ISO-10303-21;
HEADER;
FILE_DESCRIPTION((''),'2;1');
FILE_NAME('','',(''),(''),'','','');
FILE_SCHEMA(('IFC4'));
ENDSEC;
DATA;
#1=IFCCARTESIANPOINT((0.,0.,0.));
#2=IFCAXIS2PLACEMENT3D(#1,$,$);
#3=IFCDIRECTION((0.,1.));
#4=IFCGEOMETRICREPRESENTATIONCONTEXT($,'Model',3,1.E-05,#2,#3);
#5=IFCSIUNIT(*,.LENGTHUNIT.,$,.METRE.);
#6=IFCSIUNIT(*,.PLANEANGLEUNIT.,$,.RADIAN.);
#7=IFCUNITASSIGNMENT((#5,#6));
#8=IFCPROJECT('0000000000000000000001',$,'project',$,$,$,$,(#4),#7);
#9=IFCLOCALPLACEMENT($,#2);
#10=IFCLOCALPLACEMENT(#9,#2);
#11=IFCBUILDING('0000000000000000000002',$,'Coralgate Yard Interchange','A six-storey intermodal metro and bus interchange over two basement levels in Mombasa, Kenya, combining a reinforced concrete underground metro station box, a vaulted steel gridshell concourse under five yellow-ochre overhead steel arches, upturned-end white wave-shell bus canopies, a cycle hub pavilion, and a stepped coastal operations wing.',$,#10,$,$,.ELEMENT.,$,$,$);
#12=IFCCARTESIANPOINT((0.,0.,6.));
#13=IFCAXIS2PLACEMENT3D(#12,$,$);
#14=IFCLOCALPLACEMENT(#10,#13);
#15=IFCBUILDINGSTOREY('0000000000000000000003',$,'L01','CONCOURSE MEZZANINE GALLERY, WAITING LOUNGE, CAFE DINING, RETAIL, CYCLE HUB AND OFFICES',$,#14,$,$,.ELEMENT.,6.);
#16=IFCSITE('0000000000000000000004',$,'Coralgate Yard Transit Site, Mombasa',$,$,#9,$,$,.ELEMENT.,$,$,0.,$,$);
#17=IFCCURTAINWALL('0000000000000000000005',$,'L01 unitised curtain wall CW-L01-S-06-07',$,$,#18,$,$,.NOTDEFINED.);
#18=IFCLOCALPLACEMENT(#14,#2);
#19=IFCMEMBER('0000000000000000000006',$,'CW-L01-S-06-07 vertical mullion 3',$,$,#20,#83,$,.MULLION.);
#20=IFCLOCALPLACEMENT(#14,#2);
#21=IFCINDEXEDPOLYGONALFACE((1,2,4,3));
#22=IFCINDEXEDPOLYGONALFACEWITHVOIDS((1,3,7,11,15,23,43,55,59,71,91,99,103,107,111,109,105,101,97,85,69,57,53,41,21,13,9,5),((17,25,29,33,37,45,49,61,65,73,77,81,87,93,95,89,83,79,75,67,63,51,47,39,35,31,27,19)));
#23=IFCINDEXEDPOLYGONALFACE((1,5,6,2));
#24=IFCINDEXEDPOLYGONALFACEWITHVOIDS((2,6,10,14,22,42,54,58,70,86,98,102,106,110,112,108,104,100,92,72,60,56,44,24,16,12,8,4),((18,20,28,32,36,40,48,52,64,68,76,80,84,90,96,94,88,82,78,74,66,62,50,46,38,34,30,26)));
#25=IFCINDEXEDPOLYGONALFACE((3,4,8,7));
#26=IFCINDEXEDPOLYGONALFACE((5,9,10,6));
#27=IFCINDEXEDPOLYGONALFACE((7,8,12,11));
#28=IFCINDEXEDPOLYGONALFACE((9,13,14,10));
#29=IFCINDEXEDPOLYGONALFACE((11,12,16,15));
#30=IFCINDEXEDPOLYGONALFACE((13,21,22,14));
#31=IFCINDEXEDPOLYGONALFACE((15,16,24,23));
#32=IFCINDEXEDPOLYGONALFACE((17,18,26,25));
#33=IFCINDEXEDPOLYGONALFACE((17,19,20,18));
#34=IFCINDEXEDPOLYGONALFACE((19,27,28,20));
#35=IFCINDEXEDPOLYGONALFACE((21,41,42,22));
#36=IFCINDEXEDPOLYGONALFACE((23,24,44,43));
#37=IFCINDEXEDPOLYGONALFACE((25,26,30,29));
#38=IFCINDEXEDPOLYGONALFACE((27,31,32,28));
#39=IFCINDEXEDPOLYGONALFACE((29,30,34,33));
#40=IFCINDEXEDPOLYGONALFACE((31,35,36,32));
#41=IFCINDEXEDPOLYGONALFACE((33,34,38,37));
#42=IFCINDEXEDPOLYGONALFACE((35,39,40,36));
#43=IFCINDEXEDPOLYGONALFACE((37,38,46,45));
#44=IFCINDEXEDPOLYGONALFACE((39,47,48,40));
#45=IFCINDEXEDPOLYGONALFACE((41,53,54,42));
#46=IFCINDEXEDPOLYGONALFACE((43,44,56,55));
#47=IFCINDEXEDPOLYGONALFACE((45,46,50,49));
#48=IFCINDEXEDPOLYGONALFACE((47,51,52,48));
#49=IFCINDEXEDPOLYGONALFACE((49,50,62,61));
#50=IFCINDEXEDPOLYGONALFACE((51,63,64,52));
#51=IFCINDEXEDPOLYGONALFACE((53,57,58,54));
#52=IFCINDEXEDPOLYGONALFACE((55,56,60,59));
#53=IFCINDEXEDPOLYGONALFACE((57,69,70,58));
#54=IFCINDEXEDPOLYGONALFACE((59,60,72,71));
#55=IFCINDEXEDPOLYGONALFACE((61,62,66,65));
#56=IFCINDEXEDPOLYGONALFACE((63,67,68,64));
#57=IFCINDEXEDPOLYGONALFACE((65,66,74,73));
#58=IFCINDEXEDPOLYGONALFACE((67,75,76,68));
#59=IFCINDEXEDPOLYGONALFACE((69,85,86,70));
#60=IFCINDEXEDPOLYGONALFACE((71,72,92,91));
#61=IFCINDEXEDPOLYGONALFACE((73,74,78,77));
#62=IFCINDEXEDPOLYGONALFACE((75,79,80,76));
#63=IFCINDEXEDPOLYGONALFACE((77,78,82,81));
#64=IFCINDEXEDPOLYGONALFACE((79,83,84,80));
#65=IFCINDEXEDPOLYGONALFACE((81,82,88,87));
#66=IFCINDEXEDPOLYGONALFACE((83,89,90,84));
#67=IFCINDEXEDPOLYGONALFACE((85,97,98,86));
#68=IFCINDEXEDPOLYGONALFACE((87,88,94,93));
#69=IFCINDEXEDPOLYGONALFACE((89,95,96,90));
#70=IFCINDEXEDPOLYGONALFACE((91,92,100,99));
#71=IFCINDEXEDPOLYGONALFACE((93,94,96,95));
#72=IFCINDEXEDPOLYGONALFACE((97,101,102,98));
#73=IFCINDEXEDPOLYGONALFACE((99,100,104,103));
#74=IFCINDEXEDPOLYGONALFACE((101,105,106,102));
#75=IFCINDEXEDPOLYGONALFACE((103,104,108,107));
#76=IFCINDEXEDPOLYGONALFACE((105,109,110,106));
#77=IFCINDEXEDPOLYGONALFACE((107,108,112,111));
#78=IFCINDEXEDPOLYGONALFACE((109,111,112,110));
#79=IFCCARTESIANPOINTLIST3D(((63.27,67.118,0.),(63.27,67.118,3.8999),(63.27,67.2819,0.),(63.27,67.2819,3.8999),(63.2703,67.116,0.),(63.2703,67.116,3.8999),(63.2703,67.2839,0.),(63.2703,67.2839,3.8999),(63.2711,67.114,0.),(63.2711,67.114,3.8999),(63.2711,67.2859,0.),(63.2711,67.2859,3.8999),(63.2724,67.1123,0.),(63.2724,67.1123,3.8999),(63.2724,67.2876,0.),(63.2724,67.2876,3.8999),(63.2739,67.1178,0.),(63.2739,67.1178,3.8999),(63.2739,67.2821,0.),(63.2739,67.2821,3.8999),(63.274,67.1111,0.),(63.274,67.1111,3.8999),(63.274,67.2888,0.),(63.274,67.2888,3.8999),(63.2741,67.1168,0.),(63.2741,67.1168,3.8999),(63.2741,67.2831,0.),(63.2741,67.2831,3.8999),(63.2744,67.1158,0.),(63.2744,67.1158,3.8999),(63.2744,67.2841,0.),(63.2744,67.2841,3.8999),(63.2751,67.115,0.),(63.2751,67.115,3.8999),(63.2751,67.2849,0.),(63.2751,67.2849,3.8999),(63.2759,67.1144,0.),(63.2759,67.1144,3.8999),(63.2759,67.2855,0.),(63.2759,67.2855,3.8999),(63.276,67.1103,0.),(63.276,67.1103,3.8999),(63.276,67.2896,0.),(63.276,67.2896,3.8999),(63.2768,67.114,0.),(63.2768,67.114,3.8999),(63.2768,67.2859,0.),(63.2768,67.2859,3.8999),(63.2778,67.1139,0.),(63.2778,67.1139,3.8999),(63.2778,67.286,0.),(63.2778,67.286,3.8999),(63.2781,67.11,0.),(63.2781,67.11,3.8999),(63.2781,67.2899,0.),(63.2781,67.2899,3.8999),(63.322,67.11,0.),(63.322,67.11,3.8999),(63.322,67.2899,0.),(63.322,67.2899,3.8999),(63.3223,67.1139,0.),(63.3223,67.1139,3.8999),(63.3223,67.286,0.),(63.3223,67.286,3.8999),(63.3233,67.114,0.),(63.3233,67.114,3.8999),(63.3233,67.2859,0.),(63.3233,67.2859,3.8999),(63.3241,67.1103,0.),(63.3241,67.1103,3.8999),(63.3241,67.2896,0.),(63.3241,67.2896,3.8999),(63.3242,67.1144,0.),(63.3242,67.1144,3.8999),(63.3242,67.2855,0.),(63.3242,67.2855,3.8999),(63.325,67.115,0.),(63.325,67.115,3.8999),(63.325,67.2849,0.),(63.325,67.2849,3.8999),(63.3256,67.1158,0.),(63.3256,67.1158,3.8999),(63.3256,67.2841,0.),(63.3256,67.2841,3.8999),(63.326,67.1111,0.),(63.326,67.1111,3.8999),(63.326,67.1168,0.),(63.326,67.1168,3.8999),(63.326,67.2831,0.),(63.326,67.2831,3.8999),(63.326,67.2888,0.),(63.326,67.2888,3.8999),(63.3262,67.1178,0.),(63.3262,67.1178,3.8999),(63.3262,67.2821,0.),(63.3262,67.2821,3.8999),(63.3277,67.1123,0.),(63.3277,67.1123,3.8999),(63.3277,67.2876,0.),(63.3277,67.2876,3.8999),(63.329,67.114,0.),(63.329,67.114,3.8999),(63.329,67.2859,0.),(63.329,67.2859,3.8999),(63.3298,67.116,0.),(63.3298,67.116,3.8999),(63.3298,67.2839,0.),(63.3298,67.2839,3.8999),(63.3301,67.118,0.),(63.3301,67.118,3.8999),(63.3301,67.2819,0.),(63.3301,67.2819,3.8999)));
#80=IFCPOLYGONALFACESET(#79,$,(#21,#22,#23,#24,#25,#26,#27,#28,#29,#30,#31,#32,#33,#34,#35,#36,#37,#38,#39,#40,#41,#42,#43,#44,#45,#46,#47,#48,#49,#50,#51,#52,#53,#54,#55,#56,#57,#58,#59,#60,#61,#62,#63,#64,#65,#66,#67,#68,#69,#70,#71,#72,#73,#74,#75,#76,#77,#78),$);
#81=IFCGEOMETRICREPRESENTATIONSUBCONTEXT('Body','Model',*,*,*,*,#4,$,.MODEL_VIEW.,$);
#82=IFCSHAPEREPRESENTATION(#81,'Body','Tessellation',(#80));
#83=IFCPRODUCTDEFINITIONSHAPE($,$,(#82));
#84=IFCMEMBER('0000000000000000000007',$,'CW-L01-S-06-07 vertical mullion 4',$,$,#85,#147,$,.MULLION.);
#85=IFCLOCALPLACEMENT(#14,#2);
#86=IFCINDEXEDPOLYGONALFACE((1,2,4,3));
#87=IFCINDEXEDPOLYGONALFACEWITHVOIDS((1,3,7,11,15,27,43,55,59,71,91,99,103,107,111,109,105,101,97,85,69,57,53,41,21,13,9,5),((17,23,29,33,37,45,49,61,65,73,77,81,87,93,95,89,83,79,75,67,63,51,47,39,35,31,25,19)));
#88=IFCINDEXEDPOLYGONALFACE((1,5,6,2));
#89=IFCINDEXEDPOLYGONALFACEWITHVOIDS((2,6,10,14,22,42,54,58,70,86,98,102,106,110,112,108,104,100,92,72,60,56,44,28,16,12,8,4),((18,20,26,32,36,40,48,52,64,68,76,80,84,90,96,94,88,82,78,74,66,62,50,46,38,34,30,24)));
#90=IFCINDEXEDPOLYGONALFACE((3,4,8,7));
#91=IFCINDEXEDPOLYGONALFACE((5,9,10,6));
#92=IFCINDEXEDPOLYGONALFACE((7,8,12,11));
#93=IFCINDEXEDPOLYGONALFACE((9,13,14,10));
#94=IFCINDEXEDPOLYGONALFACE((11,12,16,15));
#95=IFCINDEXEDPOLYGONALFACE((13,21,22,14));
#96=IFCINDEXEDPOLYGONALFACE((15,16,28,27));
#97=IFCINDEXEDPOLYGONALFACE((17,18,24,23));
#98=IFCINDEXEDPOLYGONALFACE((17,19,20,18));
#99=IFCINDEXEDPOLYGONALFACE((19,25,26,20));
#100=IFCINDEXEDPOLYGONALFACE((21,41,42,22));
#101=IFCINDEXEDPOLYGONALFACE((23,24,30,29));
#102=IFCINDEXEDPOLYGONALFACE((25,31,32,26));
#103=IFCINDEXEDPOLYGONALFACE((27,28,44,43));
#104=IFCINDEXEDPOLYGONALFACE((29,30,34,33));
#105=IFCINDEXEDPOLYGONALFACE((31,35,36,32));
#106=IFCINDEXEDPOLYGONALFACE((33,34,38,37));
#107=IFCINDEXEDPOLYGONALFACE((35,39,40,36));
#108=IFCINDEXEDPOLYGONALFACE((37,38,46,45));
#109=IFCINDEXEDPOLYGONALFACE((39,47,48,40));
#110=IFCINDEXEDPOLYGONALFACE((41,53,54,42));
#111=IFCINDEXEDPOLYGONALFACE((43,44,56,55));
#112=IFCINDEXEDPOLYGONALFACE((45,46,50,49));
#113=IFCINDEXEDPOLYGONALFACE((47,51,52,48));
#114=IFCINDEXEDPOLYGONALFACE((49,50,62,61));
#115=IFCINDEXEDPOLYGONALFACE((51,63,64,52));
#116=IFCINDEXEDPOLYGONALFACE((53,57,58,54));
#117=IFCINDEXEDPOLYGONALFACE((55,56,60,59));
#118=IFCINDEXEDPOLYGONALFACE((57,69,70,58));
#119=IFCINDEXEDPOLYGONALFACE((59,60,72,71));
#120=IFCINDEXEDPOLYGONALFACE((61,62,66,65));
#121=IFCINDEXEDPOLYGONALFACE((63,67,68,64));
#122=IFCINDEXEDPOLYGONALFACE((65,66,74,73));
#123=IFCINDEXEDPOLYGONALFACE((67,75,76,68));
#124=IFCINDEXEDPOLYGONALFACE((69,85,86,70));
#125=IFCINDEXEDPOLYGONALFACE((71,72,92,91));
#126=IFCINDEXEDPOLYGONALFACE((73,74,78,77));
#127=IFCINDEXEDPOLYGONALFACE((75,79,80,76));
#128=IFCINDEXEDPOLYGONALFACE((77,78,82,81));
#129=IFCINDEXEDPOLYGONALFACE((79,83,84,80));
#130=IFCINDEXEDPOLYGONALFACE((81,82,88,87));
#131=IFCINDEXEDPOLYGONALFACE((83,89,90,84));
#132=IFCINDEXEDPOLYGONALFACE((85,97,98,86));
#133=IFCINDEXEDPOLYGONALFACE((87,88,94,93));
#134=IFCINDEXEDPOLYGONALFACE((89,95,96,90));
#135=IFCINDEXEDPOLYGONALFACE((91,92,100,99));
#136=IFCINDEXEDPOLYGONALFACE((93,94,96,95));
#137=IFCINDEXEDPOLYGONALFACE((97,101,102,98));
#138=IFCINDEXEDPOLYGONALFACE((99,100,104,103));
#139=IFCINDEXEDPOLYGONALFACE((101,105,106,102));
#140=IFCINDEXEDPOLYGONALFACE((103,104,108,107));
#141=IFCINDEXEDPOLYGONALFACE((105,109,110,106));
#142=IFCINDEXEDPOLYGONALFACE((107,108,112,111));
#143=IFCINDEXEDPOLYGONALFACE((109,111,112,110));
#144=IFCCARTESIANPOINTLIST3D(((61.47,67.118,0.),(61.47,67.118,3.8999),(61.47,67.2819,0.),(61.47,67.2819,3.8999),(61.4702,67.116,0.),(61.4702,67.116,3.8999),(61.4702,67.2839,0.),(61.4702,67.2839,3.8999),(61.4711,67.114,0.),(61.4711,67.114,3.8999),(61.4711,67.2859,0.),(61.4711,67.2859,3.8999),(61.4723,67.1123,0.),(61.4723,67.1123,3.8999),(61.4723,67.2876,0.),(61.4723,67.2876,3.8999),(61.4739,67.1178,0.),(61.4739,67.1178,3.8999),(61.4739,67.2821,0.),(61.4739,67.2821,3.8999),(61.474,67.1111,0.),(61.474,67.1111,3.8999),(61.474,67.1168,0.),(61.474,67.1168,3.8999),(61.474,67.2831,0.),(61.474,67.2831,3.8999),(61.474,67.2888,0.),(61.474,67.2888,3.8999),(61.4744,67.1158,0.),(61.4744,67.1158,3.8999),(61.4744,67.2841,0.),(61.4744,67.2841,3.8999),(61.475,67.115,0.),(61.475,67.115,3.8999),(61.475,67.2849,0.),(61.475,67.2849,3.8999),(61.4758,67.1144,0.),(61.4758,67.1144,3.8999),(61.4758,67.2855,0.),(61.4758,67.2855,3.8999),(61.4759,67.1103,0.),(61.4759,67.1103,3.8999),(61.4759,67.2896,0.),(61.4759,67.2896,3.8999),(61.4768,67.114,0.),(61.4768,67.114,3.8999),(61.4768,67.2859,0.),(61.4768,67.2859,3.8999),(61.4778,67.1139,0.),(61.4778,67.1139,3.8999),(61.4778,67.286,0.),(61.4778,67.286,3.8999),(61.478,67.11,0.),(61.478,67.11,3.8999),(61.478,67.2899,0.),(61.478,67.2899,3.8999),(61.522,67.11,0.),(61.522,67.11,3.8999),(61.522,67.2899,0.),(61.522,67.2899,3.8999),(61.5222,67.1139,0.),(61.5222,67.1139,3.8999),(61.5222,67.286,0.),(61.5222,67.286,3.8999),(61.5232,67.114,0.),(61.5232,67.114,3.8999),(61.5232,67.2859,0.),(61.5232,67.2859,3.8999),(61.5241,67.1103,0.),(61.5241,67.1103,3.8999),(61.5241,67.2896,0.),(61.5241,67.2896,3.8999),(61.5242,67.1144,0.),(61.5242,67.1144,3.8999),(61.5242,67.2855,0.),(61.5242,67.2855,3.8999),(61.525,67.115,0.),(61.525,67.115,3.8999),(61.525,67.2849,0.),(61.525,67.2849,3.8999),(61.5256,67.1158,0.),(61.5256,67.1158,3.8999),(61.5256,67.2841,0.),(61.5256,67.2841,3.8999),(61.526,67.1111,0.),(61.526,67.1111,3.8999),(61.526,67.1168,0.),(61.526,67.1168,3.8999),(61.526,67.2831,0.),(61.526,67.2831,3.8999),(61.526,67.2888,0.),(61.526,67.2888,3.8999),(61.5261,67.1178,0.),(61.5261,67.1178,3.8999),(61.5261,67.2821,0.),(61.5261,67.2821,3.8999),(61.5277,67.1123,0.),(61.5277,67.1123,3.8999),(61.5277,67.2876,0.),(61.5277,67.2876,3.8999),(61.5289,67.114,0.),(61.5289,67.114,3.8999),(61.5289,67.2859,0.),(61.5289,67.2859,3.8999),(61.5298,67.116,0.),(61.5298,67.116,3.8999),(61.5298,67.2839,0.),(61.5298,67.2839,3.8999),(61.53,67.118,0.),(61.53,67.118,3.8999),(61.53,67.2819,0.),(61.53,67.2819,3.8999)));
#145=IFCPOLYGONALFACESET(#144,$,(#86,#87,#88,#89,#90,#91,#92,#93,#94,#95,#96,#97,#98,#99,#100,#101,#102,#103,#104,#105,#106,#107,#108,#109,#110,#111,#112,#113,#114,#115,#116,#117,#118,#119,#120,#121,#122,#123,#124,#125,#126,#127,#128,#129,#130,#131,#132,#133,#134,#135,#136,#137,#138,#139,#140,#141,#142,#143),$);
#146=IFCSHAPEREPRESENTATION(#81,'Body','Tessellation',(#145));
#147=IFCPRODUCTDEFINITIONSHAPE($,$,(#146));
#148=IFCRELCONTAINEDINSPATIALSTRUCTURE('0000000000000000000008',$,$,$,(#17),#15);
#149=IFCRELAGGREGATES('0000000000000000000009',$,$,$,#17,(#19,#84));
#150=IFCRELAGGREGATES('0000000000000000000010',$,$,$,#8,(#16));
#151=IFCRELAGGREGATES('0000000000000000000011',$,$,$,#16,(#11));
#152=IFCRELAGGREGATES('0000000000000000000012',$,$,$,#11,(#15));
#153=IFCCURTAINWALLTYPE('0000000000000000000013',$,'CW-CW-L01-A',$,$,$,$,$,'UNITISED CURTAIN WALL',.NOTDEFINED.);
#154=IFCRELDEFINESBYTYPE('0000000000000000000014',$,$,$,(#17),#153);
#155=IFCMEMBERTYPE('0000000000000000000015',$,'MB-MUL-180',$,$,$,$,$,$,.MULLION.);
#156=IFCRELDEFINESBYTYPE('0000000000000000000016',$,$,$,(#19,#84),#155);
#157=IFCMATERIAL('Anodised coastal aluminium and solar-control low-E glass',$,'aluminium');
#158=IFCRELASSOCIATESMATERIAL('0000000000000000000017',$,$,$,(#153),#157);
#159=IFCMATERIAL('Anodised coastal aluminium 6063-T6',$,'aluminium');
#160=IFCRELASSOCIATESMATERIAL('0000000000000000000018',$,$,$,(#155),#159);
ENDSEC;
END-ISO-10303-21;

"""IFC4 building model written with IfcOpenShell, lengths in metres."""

from ifc_helpers import new_model, si_unit, direction, frame, origin, origin_2d, place, context, subcontext, project, spatial, hollow_rectangle, extrude, material, material_profile, profile_set, type_object, element, aggregate, save


model = new_model("IFC4")

# Units and contexts
model_context = context("Model", 3, precision=1e-05, world=origin(), true_north=direction((0.0, 1.0)))
body_context = subcontext(model_context, "Body", "Model", "MODEL_VIEW")
ifc_project = project(units=[si_unit("LENGTHUNIT", "METRE"), si_unit("PLANEANGLEUNIT", "RADIAN")], contexts=[model_context])

# Site, building, storey
site_placement = place(None, origin())
site = spatial("IfcSite", under=ifc_project, at=site_placement, Name="Coralgate Yard Transit Site, Mombasa", CompositionType="ELEMENT", RefElevation=0.0)
building_placement = place(site_placement, origin())
building = spatial("IfcBuilding", under=site, at=building_placement, Name="Coralgate Yard Interchange", Description="A six-storey intermodal metro and bus interchange over two basement levels in Mombasa, Kenya, combining a reinforced concrete underground metro station box, a vaulted steel gridshell concourse under five yellow-ochre overhead steel arches, upturned-end white wave-shell bus canopies, a cycle hub pavilion, and a stepped coastal operations wing.", CompositionType="ELEMENT")
storey_placement = place(building_placement, frame((0.0, 0.0, 6.0)))
storey = spatial("IfcBuildingStorey", under=building, at=storey_placement, Name="L01", Description="CONCOURSE MEZZANINE GALLERY, WAITING LOUNGE, CAFE DINING, RETAIL, CYCLE HUB AND OFFICES", CompositionType="ELEMENT", Elevation=6.0)

# Curtain wall, members
ifc_material_1 = material(Name="Anodised coastal aluminium and solar-control low-E glass", Category="aluminium")
curtain_wall_type = type_object("IfcCurtainWallType", Name="CW-CW-L01-A", ElementType="UNITISED CURTAIN WALL", PredefinedType="NOTDEFINED", material=ifc_material_1)
curtain_wall_placement = place(storey_placement, origin())
curtain_wall = element("IfcCurtainWall", 1, at=curtain_wall_placement, inside=storey, type_object=curtain_wall_type, Name="L01 unitised curtain wall CW-L01-S-06-07", PredefinedType="NOTDEFINED")
ifc_material_2 = material(Name="Anodised coastal aluminium 6063-T6", Category="aluminium")
ifc_material_profile_1 = material_profile(ifc_material_2, hollow_rectangle(XDim=0.0601, YDim=0.1799, WallThickness=0.0039, InnerFilletRadius=0.0039, OuterFilletRadius=0.0081, at=origin_2d()), Name="ALU 60x180x4")
ifc_profile_set_1 = profile_set([ifc_material_profile_1], Name="Anodised coastal aluminium 6063-T6")
member_type_1 = type_object("IfcMemberType", Name="MB-MUL-180", PredefinedType="MULLION", material=ifc_profile_set_1)
member_1_placement = place(storey_placement, frame((63.3, 67.2, 0.0), z_axis=(0.0, 0.0, 1.0), x_axis=(1.0, 0.0, 0.0)))
member_1 = element("IfcMember", 2, at=member_1_placement, type_object=member_type_1, Name="CW-L01-S-06-07 vertical mullion 3", PredefinedType="MULLION", context=body_context, shape_type="SweptSolid", body=[
    extrude(hollow_rectangle(XDim=0.0601, YDim=0.1799, WallThickness=0.0039, InnerFilletRadius=0.0039, OuterFilletRadius=0.0081, at=origin_2d()), origin(), (0.0, 0.0, 1.0), 3.8999),
])
member_2_placement = place(storey_placement, frame((61.5, 67.2, 0.0), z_axis=(0.0, 0.0, 1.0), x_axis=(1.0, 0.0, 0.0)))
member_2 = element("IfcMember", 3, at=member_2_placement, type_object=member_type_1, Name="CW-L01-S-06-07 vertical mullion 4", PredefinedType="MULLION", context=body_context, shape_type="SweptSolid", body=[
    extrude(hollow_rectangle(XDim=0.0601, YDim=0.1799, WallThickness=0.0039, InnerFilletRadius=0.0039, OuterFilletRadius=0.0081, at=origin_2d()), origin(), (0.0, 0.0, 1.0), 3.8999),
])
aggregate(curtain_wall, [member_1, member_2])

save(model, "model.ifc")
